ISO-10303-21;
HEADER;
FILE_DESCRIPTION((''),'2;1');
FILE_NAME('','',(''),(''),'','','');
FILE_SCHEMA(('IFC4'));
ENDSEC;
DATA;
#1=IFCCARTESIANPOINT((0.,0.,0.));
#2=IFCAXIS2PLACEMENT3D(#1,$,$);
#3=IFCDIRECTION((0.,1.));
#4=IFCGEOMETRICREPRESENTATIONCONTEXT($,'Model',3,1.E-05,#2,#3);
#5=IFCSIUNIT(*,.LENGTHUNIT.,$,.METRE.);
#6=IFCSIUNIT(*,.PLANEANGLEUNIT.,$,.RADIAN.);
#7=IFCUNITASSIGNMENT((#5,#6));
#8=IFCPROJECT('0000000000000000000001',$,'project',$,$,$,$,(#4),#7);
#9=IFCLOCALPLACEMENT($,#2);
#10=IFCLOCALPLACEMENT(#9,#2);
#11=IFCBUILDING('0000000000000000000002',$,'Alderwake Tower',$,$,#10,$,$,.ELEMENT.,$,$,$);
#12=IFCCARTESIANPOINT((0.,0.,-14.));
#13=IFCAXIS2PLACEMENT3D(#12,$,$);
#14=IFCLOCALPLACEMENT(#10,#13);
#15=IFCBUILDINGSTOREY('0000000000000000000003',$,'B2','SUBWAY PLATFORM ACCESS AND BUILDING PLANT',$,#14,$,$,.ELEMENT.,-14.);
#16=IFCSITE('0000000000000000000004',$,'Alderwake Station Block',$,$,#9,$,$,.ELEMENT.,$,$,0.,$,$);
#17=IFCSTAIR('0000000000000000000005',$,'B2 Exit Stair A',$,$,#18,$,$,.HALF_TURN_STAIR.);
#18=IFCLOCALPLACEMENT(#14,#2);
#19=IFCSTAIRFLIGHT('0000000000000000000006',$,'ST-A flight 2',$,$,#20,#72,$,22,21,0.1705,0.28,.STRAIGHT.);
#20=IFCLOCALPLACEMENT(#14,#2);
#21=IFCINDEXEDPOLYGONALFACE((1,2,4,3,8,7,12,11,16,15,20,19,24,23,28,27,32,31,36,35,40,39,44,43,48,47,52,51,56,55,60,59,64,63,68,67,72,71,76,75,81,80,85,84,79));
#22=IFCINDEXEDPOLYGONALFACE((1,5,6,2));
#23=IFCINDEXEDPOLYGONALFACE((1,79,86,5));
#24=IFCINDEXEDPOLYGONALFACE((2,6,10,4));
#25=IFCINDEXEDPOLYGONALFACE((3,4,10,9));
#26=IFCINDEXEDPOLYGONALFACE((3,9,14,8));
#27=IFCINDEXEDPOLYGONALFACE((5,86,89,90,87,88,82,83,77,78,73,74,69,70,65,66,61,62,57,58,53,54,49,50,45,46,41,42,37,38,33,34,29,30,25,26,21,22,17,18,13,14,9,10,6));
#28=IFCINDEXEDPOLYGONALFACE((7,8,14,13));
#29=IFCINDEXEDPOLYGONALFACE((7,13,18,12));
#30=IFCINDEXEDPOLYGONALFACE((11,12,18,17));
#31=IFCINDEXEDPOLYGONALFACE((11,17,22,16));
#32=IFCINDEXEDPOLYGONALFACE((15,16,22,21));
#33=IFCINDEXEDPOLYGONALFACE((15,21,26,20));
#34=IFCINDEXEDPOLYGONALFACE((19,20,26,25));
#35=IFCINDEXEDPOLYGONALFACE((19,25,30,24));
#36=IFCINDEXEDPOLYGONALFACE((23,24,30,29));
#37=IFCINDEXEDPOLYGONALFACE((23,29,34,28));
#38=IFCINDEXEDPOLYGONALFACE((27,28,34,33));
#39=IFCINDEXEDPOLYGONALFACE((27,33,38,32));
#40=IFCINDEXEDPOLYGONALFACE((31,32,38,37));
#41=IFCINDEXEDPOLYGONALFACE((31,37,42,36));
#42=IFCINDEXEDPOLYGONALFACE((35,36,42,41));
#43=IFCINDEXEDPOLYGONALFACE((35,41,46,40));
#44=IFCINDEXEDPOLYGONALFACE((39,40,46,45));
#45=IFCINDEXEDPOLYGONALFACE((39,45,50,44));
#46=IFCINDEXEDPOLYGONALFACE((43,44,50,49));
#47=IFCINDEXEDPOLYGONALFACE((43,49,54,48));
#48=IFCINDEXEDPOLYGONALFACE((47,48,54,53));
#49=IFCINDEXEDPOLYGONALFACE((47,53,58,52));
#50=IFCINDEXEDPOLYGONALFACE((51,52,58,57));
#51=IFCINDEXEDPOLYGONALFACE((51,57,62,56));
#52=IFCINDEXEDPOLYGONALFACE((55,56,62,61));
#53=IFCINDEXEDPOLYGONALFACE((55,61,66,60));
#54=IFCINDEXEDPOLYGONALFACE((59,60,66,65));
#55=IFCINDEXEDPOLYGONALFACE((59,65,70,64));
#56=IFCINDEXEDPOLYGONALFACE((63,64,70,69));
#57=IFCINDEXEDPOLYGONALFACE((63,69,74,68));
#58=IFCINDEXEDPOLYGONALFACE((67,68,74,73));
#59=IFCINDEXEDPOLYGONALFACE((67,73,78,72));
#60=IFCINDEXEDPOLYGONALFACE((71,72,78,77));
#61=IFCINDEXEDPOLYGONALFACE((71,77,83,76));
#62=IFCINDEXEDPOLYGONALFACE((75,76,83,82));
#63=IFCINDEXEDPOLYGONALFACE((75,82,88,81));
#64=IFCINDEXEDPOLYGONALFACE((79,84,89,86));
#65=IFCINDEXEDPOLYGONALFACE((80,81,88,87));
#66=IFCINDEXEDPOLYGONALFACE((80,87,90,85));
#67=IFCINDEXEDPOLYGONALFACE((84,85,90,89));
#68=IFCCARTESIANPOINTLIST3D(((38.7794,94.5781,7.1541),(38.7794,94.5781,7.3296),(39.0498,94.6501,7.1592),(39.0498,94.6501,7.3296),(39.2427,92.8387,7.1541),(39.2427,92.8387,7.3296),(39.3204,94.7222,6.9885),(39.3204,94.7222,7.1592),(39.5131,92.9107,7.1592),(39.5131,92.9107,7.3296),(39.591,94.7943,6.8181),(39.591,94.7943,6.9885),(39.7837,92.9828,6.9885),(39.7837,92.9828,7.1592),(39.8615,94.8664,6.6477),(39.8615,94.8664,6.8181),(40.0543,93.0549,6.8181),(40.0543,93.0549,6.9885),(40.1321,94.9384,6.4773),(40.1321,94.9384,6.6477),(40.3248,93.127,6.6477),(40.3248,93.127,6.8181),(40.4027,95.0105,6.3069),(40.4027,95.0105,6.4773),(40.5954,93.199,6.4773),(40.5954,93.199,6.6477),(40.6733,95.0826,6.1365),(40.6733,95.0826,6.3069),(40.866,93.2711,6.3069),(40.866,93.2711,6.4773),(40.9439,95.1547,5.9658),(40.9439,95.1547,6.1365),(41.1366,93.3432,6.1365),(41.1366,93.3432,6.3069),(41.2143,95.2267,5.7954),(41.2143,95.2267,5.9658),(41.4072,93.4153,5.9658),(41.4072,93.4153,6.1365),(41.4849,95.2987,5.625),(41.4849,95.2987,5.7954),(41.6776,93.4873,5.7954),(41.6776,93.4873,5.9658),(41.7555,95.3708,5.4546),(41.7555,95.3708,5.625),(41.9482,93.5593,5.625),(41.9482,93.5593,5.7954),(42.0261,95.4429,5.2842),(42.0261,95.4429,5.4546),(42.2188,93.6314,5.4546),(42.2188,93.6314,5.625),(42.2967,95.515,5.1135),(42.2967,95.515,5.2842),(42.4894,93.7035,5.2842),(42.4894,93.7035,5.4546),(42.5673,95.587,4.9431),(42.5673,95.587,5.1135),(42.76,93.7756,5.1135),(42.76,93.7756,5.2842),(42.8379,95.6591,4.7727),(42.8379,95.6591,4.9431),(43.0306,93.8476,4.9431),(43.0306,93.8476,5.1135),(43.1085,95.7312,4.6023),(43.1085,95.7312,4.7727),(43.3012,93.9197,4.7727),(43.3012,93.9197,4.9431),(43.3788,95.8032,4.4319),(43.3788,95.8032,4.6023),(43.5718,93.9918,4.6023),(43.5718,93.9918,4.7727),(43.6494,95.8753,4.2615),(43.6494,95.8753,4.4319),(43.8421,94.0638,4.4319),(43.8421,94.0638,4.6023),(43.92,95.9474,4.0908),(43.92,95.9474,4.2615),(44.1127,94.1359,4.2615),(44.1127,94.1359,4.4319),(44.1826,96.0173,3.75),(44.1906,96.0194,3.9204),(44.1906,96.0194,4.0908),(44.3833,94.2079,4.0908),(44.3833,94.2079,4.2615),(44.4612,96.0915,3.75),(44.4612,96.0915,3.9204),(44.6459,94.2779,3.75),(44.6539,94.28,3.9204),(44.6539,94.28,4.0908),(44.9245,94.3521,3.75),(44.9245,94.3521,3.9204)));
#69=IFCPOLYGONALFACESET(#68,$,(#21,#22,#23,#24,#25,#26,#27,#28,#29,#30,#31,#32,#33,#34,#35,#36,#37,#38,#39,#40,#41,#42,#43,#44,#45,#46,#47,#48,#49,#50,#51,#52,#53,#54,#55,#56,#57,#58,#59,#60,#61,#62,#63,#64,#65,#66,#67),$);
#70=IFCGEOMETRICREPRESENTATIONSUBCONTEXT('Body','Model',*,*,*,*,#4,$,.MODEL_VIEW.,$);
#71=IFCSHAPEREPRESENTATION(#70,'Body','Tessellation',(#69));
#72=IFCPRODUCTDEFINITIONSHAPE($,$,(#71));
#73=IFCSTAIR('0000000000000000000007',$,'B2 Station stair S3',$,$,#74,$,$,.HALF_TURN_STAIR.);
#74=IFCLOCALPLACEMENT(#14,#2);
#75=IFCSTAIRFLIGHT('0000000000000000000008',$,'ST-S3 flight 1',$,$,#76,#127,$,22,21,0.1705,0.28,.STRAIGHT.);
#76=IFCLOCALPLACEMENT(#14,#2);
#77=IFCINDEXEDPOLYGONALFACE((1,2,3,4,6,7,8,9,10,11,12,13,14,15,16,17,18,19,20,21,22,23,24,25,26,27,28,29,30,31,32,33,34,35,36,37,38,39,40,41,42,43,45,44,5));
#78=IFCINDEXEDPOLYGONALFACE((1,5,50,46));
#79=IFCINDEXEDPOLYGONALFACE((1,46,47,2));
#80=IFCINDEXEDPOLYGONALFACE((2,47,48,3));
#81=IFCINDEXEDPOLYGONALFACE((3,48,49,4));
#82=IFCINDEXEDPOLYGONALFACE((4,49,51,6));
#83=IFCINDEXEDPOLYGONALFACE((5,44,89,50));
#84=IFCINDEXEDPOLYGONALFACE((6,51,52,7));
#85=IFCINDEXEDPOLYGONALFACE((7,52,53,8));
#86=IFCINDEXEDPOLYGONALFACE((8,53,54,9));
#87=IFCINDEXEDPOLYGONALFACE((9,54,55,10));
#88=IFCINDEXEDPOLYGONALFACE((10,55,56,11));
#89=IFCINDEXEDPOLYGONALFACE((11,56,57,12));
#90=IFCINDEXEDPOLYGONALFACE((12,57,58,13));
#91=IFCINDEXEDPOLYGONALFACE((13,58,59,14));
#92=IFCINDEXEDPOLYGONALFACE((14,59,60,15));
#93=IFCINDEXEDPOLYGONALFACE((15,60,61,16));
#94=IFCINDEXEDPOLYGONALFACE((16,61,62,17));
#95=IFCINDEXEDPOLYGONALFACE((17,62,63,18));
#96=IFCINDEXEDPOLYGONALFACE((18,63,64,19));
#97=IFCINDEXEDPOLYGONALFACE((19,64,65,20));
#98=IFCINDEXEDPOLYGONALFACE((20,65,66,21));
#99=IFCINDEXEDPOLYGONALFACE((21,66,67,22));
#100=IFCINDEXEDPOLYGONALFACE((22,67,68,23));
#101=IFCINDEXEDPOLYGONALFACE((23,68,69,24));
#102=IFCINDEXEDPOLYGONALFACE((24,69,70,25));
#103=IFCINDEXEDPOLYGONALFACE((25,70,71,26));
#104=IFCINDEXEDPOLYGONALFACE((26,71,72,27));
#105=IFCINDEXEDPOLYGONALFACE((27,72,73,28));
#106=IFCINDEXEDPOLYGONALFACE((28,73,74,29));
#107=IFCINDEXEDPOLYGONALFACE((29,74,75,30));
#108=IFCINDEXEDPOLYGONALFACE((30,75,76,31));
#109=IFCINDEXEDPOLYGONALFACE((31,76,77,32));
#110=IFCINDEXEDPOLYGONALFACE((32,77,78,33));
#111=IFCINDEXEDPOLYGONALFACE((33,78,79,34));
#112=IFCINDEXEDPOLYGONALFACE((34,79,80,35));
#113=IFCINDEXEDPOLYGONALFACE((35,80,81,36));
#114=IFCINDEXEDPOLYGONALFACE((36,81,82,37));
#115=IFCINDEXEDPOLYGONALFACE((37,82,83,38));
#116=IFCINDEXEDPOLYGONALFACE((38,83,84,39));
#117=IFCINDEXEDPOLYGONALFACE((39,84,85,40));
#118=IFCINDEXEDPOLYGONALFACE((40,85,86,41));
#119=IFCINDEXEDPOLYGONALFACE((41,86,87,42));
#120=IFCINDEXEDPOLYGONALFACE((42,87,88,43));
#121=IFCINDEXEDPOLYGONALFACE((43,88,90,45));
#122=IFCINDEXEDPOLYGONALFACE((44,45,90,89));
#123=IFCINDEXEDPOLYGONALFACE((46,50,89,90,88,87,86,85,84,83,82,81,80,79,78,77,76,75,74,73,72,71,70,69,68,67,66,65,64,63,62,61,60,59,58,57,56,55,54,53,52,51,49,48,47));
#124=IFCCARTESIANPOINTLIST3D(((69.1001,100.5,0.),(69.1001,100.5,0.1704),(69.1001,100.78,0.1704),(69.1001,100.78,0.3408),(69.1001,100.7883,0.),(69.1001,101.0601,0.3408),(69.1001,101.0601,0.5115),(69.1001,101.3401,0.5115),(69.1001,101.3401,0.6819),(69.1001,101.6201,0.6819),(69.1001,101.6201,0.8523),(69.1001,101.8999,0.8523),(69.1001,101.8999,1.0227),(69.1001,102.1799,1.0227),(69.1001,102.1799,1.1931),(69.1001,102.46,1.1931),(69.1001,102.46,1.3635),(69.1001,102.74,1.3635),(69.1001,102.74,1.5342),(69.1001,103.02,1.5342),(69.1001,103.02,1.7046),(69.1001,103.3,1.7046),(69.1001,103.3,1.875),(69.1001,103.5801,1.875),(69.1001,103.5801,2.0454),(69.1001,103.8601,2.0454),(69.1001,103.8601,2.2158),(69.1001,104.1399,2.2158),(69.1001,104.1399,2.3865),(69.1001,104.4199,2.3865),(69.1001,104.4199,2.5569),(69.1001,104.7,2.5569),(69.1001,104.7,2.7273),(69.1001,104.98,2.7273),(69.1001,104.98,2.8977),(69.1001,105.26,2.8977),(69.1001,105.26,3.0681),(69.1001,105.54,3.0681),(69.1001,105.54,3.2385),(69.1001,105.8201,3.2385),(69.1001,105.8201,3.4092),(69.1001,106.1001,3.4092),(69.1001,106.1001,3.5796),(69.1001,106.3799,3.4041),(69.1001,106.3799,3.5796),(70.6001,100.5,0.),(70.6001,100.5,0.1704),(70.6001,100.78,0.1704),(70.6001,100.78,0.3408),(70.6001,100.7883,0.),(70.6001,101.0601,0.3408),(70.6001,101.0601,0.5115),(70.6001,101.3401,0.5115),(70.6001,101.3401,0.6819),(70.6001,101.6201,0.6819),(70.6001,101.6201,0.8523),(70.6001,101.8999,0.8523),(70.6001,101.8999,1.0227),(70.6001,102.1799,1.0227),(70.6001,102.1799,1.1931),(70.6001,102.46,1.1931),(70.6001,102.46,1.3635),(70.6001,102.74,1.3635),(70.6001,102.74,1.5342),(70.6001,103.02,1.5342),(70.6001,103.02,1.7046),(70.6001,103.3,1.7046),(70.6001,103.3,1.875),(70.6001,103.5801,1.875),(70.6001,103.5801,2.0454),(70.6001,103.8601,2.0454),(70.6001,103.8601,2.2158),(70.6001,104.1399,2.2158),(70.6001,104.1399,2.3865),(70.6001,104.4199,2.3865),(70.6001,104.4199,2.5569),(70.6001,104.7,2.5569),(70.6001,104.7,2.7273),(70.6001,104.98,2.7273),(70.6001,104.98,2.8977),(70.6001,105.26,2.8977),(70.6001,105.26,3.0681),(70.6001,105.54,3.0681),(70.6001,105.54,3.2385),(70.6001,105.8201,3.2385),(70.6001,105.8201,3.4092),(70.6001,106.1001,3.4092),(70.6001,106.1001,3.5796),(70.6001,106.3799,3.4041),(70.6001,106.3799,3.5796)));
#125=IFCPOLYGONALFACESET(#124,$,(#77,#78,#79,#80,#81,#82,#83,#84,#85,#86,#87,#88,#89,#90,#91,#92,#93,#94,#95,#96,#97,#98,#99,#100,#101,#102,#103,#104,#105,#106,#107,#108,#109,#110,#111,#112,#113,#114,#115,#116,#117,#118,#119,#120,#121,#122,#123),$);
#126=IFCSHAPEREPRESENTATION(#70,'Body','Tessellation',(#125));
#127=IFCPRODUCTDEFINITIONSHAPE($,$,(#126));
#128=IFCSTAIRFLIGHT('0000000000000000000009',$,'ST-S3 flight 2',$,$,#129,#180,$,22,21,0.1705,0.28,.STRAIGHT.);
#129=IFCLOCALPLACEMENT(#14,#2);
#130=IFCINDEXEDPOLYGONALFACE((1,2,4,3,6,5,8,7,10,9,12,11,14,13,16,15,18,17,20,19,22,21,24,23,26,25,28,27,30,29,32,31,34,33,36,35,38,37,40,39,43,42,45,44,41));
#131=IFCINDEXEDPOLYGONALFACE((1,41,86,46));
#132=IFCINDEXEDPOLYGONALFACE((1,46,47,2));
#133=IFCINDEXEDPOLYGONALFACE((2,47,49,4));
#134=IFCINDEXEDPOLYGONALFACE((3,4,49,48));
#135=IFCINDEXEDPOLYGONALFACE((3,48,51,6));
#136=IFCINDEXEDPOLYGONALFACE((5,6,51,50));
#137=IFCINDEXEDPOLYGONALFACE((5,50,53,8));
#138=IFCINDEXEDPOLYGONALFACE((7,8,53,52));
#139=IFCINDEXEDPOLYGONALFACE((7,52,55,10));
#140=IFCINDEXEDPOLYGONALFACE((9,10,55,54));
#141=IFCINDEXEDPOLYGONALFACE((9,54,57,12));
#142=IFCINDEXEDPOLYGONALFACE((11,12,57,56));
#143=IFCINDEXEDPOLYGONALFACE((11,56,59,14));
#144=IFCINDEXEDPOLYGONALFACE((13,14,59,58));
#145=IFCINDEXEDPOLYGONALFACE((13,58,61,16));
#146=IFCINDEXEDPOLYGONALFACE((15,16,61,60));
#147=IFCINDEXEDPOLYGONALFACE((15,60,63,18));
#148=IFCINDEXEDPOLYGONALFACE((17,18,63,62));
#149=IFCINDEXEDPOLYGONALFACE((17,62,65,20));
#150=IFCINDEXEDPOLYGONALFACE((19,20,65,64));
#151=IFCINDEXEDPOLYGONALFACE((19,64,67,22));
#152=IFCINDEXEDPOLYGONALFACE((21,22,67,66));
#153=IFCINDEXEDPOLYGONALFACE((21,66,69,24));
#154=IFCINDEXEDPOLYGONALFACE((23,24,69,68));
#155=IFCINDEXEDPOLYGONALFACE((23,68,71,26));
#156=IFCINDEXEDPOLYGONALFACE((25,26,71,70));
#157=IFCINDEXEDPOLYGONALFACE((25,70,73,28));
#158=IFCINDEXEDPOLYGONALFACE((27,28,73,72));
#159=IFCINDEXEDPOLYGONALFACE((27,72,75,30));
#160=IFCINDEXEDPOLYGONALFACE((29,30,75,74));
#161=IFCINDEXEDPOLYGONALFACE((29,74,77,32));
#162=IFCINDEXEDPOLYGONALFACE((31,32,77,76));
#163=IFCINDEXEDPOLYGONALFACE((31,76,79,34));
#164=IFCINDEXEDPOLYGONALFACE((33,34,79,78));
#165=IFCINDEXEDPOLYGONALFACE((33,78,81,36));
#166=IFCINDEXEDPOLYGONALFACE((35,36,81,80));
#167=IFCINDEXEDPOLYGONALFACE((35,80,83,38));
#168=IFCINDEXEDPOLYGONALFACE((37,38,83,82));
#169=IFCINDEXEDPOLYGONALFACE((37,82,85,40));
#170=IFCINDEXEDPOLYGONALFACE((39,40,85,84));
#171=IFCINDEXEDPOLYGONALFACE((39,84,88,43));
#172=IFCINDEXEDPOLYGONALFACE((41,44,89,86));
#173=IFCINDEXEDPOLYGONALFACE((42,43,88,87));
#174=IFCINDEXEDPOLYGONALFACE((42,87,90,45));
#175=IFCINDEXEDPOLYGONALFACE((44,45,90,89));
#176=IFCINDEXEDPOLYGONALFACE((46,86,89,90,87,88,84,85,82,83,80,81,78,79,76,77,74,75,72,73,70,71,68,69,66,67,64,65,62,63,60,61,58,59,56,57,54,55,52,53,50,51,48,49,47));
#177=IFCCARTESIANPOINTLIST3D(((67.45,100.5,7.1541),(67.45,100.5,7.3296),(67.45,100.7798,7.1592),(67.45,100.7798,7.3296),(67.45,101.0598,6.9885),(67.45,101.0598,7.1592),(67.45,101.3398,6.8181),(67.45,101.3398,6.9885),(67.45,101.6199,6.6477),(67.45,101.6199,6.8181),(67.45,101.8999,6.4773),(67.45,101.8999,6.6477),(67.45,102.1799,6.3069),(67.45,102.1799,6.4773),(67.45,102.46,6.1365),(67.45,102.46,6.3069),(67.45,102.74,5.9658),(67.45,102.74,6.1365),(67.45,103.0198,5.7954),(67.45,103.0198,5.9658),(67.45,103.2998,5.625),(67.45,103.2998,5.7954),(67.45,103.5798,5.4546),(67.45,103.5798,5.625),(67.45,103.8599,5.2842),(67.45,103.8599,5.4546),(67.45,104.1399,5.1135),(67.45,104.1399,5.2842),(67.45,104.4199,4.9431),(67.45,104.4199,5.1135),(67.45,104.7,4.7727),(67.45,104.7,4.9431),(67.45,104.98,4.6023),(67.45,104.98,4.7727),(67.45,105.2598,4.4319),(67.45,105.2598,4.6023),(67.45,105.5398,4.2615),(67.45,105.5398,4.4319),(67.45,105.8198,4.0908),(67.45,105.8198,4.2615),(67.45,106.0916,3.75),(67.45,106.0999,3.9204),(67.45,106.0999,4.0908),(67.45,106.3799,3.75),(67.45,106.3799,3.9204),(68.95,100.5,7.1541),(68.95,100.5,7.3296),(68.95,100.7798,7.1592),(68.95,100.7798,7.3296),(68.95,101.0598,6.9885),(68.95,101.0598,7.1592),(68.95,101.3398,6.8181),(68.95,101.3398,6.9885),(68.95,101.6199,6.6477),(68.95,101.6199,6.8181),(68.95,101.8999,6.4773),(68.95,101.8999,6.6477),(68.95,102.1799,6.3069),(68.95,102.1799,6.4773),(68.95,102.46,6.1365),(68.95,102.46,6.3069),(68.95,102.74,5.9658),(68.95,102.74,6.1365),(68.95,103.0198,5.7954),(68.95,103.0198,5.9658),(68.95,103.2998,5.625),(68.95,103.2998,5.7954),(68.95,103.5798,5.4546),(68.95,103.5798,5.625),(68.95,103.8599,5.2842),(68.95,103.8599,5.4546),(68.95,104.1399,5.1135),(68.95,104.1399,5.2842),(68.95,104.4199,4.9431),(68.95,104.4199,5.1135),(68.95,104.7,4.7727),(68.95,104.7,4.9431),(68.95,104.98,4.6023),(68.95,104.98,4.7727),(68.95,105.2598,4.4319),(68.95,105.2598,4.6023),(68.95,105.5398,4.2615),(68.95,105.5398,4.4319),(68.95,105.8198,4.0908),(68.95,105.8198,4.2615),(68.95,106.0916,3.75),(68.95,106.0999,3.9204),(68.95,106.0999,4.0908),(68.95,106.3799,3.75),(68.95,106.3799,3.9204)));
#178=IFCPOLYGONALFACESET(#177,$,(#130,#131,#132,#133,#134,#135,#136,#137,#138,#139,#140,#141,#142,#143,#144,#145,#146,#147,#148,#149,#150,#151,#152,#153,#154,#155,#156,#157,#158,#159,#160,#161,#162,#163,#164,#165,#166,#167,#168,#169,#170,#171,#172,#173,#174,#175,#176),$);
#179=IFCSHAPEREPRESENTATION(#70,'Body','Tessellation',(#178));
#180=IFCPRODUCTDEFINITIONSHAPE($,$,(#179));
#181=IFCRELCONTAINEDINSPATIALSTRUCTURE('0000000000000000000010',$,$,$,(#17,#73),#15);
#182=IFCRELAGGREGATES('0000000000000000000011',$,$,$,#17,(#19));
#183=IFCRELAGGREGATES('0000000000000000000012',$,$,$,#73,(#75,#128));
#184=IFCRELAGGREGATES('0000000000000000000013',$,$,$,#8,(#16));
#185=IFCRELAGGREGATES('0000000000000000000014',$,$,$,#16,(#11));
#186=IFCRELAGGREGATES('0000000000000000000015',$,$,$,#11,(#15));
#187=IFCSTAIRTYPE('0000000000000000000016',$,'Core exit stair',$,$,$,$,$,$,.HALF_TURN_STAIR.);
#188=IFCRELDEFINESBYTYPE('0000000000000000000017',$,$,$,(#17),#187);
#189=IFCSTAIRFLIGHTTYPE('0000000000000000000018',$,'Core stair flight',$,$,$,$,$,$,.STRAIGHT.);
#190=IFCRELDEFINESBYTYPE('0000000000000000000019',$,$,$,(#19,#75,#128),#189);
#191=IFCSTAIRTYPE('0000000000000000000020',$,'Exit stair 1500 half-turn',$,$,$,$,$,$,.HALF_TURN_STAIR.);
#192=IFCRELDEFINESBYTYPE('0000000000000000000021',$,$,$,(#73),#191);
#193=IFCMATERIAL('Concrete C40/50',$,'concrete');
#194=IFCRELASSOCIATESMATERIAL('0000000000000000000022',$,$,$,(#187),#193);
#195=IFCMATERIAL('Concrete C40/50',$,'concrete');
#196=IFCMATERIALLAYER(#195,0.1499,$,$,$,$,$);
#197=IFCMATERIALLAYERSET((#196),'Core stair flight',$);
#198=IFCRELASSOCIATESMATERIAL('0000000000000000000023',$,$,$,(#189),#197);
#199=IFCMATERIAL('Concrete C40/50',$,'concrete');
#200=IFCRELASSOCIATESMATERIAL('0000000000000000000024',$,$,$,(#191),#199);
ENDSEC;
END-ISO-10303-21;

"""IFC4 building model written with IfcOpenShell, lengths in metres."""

from ifc_helpers import new_model, si_unit, direction, frame, origin, place, context, subcontext, project, spatial, polyline, outline, extrude, material, layer, layer_set, type_object, element, aggregate, save


model = new_model("IFC4")

# Units and contexts
model_context = context("Model", 3, precision=1e-05, world=origin(), true_north=direction((0.0, 1.0)))
body_context = subcontext(model_context, "Body", "Model", "MODEL_VIEW")
ifc_project = project(units=[si_unit("LENGTHUNIT", "METRE"), si_unit("PLANEANGLEUNIT", "RADIAN")], contexts=[model_context])

# Site, building, storey
site_placement = place(None, origin())
site = spatial("IfcSite", under=ifc_project, at=site_placement, Name="Alderwake Station Block", CompositionType="ELEMENT", RefElevation=0.0)
building_placement = place(site_placement, origin())
building = spatial("IfcBuilding", under=site, at=building_placement, Name="Alderwake Tower", CompositionType="ELEMENT")
storey_placement = place(building_placement, frame((0.0, 0.0, -14.0)))
storey = spatial("IfcBuildingStorey", under=building, at=storey_placement, Name="B2", Description="SUBWAY PLATFORM ACCESS AND BUILDING PLANT", CompositionType="ELEMENT", Elevation=-14.0)

# Stair, stair flight
ifc_material_1 = material(Name="Concrete C40/50", Category="concrete")
stair_type_1 = type_object("IfcStairType", Name="Core exit stair", PredefinedType="HALF_TURN_STAIR", material=ifc_material_1)
stair_1_placement = place(storey_placement, origin())
stair_1 = element("IfcStair", 1, at=stair_1_placement, inside=storey, type_object=stair_type_1, Name="B2 Exit Stair A", PredefinedType="HALF_TURN_STAIR")
ifc_material_2 = material(Name="Concrete C40/50", Category="concrete")
ifc_layer_1 = layer(ifc_material_2, 0.1499)
ifc_layer_set_1 = layer_set([ifc_layer_1], Name="Core stair flight")
stair_flight_type = type_object("IfcStairFlightType", Name="Core stair flight", PredefinedType="STRAIGHT", material=ifc_layer_set_1)
stair_flight_1_placement = place(storey_placement, frame((44.6929, 95.2217, 3.75), z_axis=(0.0, 0.0, 1.0), x_axis=(-0.96631, -0.257382, 0.0)))
stair_flight_1 = element("IfcStairFlight", 2, at=stair_flight_1_placement, type_object=stair_flight_type, Name="ST-A flight 2", NumberOfRisers=22, NumberOfTreads=21, PredefinedType="STRAIGHT", RiserHeight=0.1705, TreadLength=0.28, context=body_context, shape_type="SweptSolid", body=[
    extrude(outline(polyline([(0.0, 0.0), (0.0, 0.1704), (0.28, 0.1704), (0.28, 0.3408), (0.5601, 0.3408), (0.5601, 0.5115), (0.8401, 0.5115), (0.8401, 0.6819), (1.1201, 0.6819), (1.1201, 0.8523), (1.3999, 0.8523), (1.3999, 1.0227), (1.6799, 1.0227), (1.6799, 1.1931), (1.96, 1.1931), (1.96, 1.3635), (2.24, 1.3635), (2.24, 1.5342), (2.52, 1.5342), (2.52, 1.7046), (2.8, 1.7046), (2.8, 1.875), (3.0801, 1.875), (3.0801, 2.0454), (3.3601, 2.0454), (3.3601, 2.2158), (3.6399, 2.2158), (3.6399, 2.3865), (3.9199, 2.3865), (3.9199, 2.5569), (4.2, 2.5569), (4.2, 2.7273), (4.48, 2.7273), (4.48, 2.8977), (4.76, 2.8977), (4.76, 3.0681), (5.04, 3.0681), (5.04, 3.2385), (5.3201, 3.2385), (5.3201, 3.4092), (5.6001, 3.4092), (5.6001, 3.5796), (5.8799, 3.5796), (5.8799, 3.75), (5.8799, 3.4041), (0.2883, 0.0), (0.0, 0.0)])), frame((0.0, 0.8999, 0.0), z_axis=(0.0, -1.0, 0.0), x_axis=(1.0, 0.0, 0.0)), (0.0, 0.0, 1.0), 1.8),
])
aggregate(stair_1, [stair_flight_1])

# Stair, stair flights
ifc_material_3 = material(Name="Concrete C40/50", Category="concrete")
stair_type_2 = type_object("IfcStairType", Name="Exit stair 1500 half-turn", PredefinedType="HALF_TURN_STAIR", material=ifc_material_3)
stair_2_placement = place(storey_placement, origin())
stair_2 = element("IfcStair", 3, at=stair_2_placement, inside=storey, type_object=stair_type_2, Name="B2 Station stair S3", PredefinedType="HALF_TURN_STAIR")
stair_flight_2_placement = place(storey_placement, frame((69.8501, 100.5, 0.0), z_axis=(0.0, 0.0, 1.0), x_axis=(0.0, 1.0, 0.0)))
stair_flight_2 = element("IfcStairFlight", 4, at=stair_flight_2_placement, type_object=stair_flight_type, Name="ST-S3 flight 1", NumberOfRisers=22, NumberOfTreads=21, PredefinedType="STRAIGHT", RiserHeight=0.1705, TreadLength=0.28, context=body_context, shape_type="SweptSolid", body=[
    extrude(outline(polyline([(0.0, 0.0), (0.0, 0.1704), (0.28, 0.1704), (0.28, 0.3408), (0.5601, 0.3408), (0.5601, 0.5115), (0.8401, 0.5115), (0.8401, 0.6819), (1.1201, 0.6819), (1.1201, 0.8523), (1.3999, 0.8523), (1.3999, 1.0227), (1.6799, 1.0227), (1.6799, 1.1931), (1.96, 1.1931), (1.96, 1.3635), (2.24, 1.3635), (2.24, 1.5342), (2.52, 1.5342), (2.52, 1.7046), (2.8, 1.7046), (2.8, 1.875), (3.0801, 1.875), (3.0801, 2.0454), (3.3601, 2.0454), (3.3601, 2.2158), (3.6399, 2.2158), (3.6399, 2.3865), (3.9199, 2.3865), (3.9199, 2.5569), (4.2, 2.5569), (4.2, 2.7273), (4.48, 2.7273), (4.48, 2.8977), (4.76, 2.8977), (4.76, 3.0681), (5.04, 3.0681), (5.04, 3.2385), (5.3201, 3.2385), (5.3201, 3.4092), (5.6001, 3.4092), (5.6001, 3.5796), (5.8799, 3.5796), (5.8799, 3.75), (5.8799, 3.4041), (0.2883, 0.0), (0.0, 0.0)])), frame((0.0, 0.75, 0.0), z_axis=(0.0, -1.0, 0.0), x_axis=(1.0, 0.0, 0.0)), (0.0, 0.0, 1.0), 1.5),
])
stair_flight_3_placement = place(storey_placement, frame((68.2, 106.3799, 3.75), z_axis=(0.0, 0.0, 1.0), x_axis=(0.0, -1.0, 0.0)))
stair_flight_3 = element("IfcStairFlight", 5, at=stair_flight_3_placement, type_object=stair_flight_type, Name="ST-S3 flight 2", NumberOfRisers=22, NumberOfTreads=21, PredefinedType="STRAIGHT", RiserHeight=0.1705, TreadLength=0.28, context=body_context, shape_type="SweptSolid", body=[
    extrude(outline(polyline([(0.0, 0.0), (0.0, 0.1704), (0.28, 0.1704), (0.28, 0.3408), (0.5601, 0.3408), (0.5601, 0.5115), (0.8401, 0.5115), (0.8401, 0.6819), (1.1201, 0.6819), (1.1201, 0.8523), (1.3999, 0.8523), (1.3999, 1.0227), (1.6799, 1.0227), (1.6799, 1.1931), (1.96, 1.1931), (1.96, 1.3635), (2.24, 1.3635), (2.24, 1.5342), (2.52, 1.5342), (2.52, 1.7046), (2.8, 1.7046), (2.8, 1.875), (3.0801, 1.875), (3.0801, 2.0454), (3.3601, 2.0454), (3.3601, 2.2158), (3.6399, 2.2158), (3.6399, 2.3865), (3.9199, 2.3865), (3.9199, 2.5569), (4.2, 2.5569), (4.2, 2.7273), (4.48, 2.7273), (4.48, 2.8977), (4.76, 2.8977), (4.76, 3.0681), (5.04, 3.0681), (5.04, 3.2385), (5.3201, 3.2385), (5.3201, 3.4092), (5.6001, 3.4092), (5.6001, 3.5796), (5.8799, 3.5796), (5.8799, 3.75), (5.8799, 3.4041), (0.2883, 0.0), (0.0, 0.0)])), frame((0.0, 0.75, 0.0), z_axis=(0.0, -1.0, 0.0), x_axis=(1.0, 0.0, 0.0)), (0.0, 0.0, 1.0), 1.5),
])
aggregate(stair_2, [stair_flight_2, stair_flight_3])

save(model, "model.ifc")
